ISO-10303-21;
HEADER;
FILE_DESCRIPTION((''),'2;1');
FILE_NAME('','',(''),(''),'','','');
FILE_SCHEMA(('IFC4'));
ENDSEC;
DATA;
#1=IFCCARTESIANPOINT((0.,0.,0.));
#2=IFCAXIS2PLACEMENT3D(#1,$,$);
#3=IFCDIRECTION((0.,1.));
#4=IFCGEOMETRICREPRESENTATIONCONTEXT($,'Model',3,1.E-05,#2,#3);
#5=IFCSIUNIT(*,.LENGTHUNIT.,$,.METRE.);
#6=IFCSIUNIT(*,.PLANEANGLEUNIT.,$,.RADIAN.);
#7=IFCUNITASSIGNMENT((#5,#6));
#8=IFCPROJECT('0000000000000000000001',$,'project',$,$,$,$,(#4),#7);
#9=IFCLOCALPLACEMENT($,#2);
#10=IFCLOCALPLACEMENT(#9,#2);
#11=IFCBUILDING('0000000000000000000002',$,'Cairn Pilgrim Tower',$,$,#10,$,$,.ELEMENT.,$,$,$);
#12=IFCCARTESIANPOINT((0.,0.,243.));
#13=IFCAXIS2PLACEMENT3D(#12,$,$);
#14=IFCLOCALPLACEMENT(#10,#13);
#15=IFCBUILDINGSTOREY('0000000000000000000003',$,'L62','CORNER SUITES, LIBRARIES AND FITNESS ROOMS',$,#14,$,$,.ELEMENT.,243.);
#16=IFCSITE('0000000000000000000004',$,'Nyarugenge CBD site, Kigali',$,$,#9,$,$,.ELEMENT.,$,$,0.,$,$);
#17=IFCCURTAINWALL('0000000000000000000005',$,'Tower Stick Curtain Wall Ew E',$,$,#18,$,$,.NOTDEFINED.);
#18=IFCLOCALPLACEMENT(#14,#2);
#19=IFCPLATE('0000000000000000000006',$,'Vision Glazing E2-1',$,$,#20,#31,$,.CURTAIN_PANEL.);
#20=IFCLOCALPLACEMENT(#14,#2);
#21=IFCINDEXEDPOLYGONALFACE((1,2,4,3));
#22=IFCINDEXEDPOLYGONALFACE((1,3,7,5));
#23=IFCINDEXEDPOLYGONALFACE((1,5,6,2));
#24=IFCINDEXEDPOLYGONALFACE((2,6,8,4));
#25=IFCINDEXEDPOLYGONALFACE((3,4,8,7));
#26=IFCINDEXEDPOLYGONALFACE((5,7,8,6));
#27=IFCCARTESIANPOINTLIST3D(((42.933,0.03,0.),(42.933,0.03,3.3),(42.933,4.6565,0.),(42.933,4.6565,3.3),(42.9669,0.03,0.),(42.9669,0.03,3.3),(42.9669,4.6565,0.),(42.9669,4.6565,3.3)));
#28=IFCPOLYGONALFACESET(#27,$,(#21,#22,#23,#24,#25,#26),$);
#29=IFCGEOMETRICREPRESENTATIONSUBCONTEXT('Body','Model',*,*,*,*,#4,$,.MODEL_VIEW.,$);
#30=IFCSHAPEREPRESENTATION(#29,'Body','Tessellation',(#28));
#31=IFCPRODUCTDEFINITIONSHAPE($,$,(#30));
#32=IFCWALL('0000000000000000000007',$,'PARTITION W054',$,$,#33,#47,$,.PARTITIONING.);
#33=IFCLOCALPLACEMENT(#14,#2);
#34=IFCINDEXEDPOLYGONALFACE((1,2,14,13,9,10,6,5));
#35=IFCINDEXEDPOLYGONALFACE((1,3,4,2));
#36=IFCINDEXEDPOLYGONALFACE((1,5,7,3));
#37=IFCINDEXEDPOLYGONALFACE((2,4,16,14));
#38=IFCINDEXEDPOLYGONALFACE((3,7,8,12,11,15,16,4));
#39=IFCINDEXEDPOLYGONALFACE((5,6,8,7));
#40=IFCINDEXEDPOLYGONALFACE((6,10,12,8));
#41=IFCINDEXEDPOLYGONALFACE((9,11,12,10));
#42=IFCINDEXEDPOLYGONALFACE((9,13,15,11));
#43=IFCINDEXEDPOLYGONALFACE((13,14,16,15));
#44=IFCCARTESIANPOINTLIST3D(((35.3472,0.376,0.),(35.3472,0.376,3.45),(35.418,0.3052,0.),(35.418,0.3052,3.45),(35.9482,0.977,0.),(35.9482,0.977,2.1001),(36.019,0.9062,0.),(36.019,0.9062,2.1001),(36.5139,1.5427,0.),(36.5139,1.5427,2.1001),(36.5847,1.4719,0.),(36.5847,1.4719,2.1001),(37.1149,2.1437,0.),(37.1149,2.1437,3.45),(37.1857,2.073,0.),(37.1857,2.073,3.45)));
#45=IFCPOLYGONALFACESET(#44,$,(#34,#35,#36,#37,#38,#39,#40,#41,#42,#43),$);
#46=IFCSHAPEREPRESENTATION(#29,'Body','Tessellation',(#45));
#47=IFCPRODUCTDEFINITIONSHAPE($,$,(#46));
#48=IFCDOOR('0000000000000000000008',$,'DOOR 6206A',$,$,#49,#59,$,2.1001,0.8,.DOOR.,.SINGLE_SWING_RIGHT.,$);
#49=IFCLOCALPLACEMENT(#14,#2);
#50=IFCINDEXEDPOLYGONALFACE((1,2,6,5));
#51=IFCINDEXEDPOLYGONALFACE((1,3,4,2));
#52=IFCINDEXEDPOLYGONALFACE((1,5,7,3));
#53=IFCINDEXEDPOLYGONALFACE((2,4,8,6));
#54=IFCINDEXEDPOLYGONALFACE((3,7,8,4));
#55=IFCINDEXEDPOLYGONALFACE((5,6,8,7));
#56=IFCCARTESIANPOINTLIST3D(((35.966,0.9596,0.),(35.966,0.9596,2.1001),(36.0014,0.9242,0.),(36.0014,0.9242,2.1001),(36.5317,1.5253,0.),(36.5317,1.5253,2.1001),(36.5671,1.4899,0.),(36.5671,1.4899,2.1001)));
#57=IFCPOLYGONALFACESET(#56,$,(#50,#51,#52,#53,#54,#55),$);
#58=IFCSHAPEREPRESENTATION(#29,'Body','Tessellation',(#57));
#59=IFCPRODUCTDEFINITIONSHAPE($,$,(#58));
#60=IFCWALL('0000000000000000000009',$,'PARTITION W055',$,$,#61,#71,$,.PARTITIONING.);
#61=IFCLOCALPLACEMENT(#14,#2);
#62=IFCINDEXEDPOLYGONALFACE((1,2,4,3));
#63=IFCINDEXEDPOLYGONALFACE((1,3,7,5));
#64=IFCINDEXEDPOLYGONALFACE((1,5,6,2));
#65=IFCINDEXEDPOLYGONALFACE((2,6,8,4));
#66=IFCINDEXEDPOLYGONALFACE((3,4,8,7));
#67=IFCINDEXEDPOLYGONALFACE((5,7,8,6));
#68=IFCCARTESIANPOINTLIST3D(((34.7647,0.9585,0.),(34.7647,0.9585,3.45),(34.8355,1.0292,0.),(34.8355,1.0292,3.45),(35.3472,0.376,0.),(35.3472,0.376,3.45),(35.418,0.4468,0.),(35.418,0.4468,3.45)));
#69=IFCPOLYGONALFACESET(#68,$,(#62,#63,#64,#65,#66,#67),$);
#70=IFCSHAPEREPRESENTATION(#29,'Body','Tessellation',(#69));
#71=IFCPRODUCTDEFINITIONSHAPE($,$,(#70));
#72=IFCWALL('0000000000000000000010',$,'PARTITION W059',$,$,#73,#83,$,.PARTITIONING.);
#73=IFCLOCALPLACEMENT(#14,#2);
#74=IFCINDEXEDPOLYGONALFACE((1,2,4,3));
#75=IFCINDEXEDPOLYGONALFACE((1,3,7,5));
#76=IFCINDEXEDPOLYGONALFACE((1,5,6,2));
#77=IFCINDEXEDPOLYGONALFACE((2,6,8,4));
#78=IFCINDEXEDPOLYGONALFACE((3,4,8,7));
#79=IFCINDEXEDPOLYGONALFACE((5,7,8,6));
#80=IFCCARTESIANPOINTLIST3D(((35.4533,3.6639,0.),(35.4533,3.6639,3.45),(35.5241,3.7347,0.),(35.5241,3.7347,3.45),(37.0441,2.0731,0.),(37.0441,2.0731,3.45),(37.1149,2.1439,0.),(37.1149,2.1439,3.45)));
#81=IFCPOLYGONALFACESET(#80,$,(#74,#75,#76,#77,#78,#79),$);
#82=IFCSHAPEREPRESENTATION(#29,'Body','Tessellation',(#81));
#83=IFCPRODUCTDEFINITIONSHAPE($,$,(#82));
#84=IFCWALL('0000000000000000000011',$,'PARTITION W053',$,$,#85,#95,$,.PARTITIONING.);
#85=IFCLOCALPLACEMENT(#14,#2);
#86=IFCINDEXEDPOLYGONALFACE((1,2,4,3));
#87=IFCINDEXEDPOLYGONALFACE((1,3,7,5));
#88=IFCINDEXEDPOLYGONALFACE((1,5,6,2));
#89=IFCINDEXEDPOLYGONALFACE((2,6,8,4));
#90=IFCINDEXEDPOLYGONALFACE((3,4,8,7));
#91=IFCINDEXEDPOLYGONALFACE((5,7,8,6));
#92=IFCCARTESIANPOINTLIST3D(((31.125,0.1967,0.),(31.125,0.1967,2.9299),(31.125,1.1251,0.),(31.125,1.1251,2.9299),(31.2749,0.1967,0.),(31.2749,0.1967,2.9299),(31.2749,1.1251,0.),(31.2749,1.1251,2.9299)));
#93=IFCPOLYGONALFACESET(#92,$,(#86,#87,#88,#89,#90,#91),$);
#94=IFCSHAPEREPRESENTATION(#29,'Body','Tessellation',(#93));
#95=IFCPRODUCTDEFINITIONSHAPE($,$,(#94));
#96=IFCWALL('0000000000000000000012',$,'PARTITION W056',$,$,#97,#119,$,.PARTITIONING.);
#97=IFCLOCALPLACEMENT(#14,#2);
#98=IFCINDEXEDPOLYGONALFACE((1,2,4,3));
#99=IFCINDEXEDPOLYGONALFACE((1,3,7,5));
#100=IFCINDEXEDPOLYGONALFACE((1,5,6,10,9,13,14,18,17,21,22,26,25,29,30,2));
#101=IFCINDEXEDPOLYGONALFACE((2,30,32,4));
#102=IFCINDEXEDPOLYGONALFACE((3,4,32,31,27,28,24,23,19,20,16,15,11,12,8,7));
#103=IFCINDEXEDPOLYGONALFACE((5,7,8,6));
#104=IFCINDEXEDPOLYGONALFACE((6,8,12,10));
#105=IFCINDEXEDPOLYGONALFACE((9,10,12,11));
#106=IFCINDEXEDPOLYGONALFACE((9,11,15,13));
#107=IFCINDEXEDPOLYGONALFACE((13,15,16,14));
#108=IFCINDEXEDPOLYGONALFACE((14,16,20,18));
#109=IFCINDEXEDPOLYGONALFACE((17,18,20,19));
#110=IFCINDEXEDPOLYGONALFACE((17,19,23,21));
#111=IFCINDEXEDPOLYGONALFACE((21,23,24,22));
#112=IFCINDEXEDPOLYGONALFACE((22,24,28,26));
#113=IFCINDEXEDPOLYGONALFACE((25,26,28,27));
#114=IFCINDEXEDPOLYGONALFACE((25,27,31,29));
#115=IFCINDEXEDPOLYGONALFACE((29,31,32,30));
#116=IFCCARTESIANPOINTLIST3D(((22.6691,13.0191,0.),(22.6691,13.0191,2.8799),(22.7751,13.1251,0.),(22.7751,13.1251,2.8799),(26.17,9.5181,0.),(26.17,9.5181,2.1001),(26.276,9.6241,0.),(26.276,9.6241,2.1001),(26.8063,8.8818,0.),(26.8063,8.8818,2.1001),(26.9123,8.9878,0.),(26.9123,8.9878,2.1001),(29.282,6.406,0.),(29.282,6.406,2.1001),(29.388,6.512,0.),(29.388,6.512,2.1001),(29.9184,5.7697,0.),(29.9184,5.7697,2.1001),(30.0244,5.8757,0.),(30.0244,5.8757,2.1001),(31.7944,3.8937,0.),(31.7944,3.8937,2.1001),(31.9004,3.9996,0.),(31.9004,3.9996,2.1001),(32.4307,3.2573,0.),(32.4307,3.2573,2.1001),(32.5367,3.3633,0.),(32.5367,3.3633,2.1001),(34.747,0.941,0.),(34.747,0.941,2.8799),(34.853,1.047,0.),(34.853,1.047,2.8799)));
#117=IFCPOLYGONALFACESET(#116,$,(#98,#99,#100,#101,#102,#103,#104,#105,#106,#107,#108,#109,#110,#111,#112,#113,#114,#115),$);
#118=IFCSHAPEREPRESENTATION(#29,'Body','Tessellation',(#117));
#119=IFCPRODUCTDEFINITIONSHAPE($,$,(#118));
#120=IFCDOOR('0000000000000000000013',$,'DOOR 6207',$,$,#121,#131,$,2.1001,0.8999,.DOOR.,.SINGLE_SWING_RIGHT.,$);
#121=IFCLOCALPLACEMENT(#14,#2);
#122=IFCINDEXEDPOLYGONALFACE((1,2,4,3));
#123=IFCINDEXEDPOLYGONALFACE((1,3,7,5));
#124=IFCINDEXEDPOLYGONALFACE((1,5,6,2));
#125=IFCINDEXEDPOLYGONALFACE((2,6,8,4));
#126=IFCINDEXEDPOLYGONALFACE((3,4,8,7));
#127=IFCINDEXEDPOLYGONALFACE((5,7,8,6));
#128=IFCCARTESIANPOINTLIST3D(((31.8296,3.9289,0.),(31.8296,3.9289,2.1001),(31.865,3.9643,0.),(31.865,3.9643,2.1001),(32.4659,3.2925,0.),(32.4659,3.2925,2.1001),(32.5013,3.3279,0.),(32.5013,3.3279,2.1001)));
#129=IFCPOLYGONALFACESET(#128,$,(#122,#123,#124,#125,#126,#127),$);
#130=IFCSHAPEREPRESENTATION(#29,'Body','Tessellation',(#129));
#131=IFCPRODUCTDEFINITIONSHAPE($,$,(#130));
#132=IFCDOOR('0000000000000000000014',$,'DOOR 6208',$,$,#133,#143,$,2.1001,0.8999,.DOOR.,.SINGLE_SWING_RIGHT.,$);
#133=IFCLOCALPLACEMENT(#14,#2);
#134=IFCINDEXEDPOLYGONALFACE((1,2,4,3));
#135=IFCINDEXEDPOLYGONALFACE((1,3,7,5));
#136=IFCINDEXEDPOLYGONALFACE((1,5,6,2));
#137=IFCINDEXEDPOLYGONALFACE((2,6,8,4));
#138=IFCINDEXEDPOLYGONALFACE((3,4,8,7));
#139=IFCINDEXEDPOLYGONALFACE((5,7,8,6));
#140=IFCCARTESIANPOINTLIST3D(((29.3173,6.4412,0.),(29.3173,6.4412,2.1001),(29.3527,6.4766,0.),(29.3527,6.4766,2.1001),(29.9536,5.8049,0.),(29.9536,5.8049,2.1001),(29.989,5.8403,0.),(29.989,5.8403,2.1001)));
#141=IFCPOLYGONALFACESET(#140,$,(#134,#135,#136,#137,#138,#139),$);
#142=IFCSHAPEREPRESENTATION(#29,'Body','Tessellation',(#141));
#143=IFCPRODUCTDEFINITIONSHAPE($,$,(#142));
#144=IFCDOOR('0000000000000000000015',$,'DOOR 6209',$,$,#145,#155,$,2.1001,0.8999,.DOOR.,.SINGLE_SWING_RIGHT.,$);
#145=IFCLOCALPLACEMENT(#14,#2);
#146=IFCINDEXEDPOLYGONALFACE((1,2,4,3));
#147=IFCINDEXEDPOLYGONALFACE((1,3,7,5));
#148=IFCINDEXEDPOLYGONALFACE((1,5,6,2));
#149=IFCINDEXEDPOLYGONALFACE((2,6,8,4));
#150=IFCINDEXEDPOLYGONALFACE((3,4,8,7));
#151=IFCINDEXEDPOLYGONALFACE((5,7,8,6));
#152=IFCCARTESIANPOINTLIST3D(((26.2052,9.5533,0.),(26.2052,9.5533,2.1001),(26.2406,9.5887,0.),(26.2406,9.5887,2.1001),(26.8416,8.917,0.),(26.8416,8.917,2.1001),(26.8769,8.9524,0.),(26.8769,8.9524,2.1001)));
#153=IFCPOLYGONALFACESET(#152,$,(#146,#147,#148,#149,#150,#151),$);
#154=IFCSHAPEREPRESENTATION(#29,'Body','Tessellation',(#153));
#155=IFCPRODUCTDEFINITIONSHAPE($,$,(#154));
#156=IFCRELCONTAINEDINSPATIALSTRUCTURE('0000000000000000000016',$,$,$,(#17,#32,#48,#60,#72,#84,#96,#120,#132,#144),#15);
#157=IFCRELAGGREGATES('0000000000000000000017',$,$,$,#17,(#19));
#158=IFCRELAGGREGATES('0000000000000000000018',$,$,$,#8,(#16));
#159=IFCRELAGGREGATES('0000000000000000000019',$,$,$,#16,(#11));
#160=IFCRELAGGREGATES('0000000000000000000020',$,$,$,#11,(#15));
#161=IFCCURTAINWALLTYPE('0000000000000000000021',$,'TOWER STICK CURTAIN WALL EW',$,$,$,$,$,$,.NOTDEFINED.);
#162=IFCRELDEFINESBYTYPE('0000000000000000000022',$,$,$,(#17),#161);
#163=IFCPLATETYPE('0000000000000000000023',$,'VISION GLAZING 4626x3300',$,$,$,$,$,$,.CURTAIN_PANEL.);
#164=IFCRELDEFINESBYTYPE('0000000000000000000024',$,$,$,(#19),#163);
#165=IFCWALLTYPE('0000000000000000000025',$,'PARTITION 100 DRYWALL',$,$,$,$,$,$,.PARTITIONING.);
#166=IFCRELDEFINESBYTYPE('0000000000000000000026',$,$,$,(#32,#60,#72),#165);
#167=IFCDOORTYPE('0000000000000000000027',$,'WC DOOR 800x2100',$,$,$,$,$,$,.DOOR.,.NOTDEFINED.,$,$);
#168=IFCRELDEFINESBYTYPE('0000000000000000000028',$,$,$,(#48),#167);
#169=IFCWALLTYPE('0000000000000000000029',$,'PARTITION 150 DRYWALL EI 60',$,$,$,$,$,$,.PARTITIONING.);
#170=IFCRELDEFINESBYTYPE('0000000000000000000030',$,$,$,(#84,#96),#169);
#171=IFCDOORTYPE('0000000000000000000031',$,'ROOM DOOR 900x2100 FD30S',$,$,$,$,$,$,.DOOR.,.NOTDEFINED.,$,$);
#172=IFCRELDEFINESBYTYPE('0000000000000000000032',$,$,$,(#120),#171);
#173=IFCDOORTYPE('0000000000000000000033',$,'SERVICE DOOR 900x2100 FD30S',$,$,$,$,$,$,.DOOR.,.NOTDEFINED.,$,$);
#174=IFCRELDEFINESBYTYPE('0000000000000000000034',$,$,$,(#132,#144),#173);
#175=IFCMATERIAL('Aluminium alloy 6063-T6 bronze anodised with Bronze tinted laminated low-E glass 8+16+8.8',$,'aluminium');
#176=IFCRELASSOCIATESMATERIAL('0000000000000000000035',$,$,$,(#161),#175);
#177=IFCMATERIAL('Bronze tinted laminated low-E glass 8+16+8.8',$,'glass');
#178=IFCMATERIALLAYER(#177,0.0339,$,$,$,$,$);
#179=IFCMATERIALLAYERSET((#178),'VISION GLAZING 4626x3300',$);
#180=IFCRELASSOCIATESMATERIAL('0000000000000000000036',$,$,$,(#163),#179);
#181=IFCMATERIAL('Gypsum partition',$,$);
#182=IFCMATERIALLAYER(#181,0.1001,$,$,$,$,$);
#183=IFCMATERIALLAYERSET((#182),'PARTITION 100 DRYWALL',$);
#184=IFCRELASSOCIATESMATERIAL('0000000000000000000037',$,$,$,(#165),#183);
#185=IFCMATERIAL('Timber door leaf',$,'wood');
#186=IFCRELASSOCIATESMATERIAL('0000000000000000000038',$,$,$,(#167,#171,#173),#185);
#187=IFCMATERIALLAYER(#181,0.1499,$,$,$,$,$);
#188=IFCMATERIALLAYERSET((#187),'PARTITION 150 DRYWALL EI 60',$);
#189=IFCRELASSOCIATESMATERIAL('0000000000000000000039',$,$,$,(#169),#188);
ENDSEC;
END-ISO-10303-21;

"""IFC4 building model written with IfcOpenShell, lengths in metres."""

from ifc_helpers import new_model, si_unit, direction, frame, frame_2d, origin, origin_2d, place, context, subcontext, project, spatial, rectangle, extrude, material, layer, layer_set, type_object, element, fill, aggregate, save


model = new_model("IFC4")

# Units and contexts
model_context = context("Model", 3, precision=1e-05, world=origin(), true_north=direction((0.0, 1.0)))
body_context = subcontext(model_context, "Body", "Model", "MODEL_VIEW")
ifc_project = project(units=[si_unit("LENGTHUNIT", "METRE"), si_unit("PLANEANGLEUNIT", "RADIAN")], contexts=[model_context])

# Site, building, storey
site_placement = place(None, origin())
site = spatial("IfcSite", under=ifc_project, at=site_placement, Name="Nyarugenge CBD site, Kigali", CompositionType="ELEMENT", RefElevation=0.0)
building_placement = place(site_placement, origin())
building = spatial("IfcBuilding", under=site, at=building_placement, Name="Cairn Pilgrim Tower", CompositionType="ELEMENT")
storey_placement = place(building_placement, frame((0.0, 0.0, 243.0)))
storey = spatial("IfcBuildingStorey", under=building, at=storey_placement, Name="L62", Description="CORNER SUITES, LIBRARIES AND FITNESS ROOMS", CompositionType="ELEMENT", Elevation=243.0)

# Curtain wall
ifc_material_1 = material(Name="Aluminium alloy 6063-T6 bronze anodised with Bronze tinted laminated low-E glass 8+16+8.8", Category="aluminium")
curtain_wall_type_1 = type_object("IfcCurtainWallType", Name="TOWER STICK CURTAIN WALL EW", PredefinedType="NOTDEFINED", material=ifc_material_1)
curtain_wall_1_placement = place(storey_placement, origin())
curtain_wall_1 = element("IfcCurtainWall", 1, at=curtain_wall_1_placement, inside=storey, type_object=curtain_wall_type_1, Name="Tower Stick Curtain Wall Ew E", PredefinedType="NOTDEFINED")

# Plate
ifc_material_2 = material(Name="Bronze tinted laminated low-E glass 8+16+8.8", Category="glass")
ifc_layer_1 = layer(ifc_material_2, 0.0339)
ifc_layer_set_1 = layer_set([ifc_layer_1], Name="VISION GLAZING 4626x3300")
plate_type_1 = type_object("IfcPlateType", Name="VISION GLAZING 4626x3300", PredefinedType="CURTAIN_PANEL", material=ifc_layer_set_1)
plate_1_placement = place(storey_placement, frame((42.95, 2.3433, 0.0), z_axis=(0.0, 0.0, 1.0), x_axis=(0.0, 1.0, 0.0)))
plate_1 = element("IfcPlate", 2, at=plate_1_placement, type_object=plate_type_1, Name="Vision Glazing E2-1", PredefinedType="CURTAIN_PANEL", context=body_context, shape_type="SweptSolid", body=[
    extrude(rectangle(XDim=4.6265, YDim=0.0339, at=origin_2d()), origin(), (0.0, 0.0, 1.0), 3.3),
])
aggregate(curtain_wall_1, [plate_1])

# Wall, opening, door
ifc_material_3 = material(Name="Gypsum partition")
ifc_layer_2 = layer(ifc_material_3, 0.1001)
ifc_layer_set_2 = layer_set([ifc_layer_2], Name="PARTITION 100 DRYWALL")
wall_type_1 = type_object("IfcWallType", Name="PARTITION 100 DRYWALL", PredefinedType="PARTITIONING", material=ifc_layer_set_2)
wall_1_placement = place(storey_placement, frame((35.3826, 0.3406, 0.0), z_axis=(0.0, 0.0, 1.0), x_axis=(0.707107, 0.707107, 0.0)))
wall_1 = element("IfcWall", 3, at=wall_1_placement, inside=storey, type_object=wall_type_1, Name="PARTITION W054", PredefinedType="PARTITIONING", context=body_context, shape_type="SweptSolid", body=[
    extrude(rectangle(XDim=2.5, YDim=0.1001, at=frame_2d((1.25, 0.0))), origin(), (0.0, 0.0, 1.0), 3.45),
])
opening_1_placement = place(wall_1_placement, frame((0.8501, 0.0, 0.0)))
opening_1 = element("IfcOpeningElement", 4, at=opening_1_placement, cuts=wall_1, PredefinedType="OPENING", context=body_context, shape_type="SweptSolid", body=[
    extrude(rectangle(XDim=0.8, YDim=2.1001, at=frame_2d((0.3999, 1.05))), frame((0.0, 0.0601, 0.0), z_axis=(0.0, -1.0, 0.0), x_axis=(1.0, 0.0, 0.0)), (0.0, 0.0, 1.0), 0.1201),
])
ifc_material_4 = material(Name="Timber door leaf", Category="wood")
door_type_1 = type_object("IfcDoorType", Name="WC DOOR 800x2100", OperationType="NOTDEFINED", PredefinedType="DOOR", material=ifc_material_4)
door_1_placement = place(opening_1_placement, frame((0.8, 0.0, 0.0), z_axis=(0.0, 0.0, 1.0), x_axis=(-1.0, 0.0, 0.0)))
door_1 = element("IfcDoor", 5, at=door_1_placement, inside=storey, type_object=door_type_1, Name="DOOR 6206A", OperationType="SINGLE_SWING_RIGHT", OverallHeight=2.1001, OverallWidth=0.8, PredefinedType="DOOR", context=body_context, shape_type="SweptSolid", body=[
    extrude(rectangle(XDim=0.8, YDim=2.1001, at=frame_2d((0.3999, 1.05))), frame((0.0, 0.0249, 0.0), z_axis=(0.0, -1.0, 0.0), x_axis=(1.0, 0.0, 0.0)), (0.0, 0.0, 1.0), 0.05),
])
fill(opening_1, door_1)

# Walls
wall_2_placement = place(storey_placement, frame((35.3826, 0.4114, 0.0), z_axis=(0.0, 0.0, 1.0), x_axis=(-0.707107, 0.707107, 0.0)))
element("IfcWall", 6, at=wall_2_placement, inside=storey, type_object=wall_type_1, Name="PARTITION W055", PredefinedType="PARTITIONING", context=body_context, shape_type="SweptSolid", body=[
    extrude(rectangle(XDim=0.8237, YDim=0.1001, at=frame_2d((0.4119, 0.0))), origin(), (0.0, 0.0, 1.0), 3.45),
])
wall_3_placement = place(storey_placement, frame((37.0796, 2.1084, 0.0), z_axis=(0.0, 0.0, 1.0), x_axis=(-0.707107, 0.707107, 0.0)))
element("IfcWall", 7, at=wall_3_placement, inside=storey, type_object=wall_type_1, Name="PARTITION W059", PredefinedType="PARTITIONING", context=body_context, shape_type="SweptSolid", body=[
    extrude(rectangle(XDim=2.2498, YDim=0.1001, at=frame_2d((1.125, 0.0))), origin(), (0.0, 0.0, 1.0), 3.45),
])
ifc_layer_3 = layer(ifc_material_3, 0.1499)
ifc_layer_set_3 = layer_set([ifc_layer_3], Name="PARTITION 150 DRYWALL EI 60")
wall_type_2 = type_object("IfcWallType", Name="PARTITION 150 DRYWALL EI 60", PredefinedType="PARTITIONING", material=ifc_layer_set_3)
wall_4_placement = place(storey_placement, frame((31.2, 0.1965, 0.0), z_axis=(0.0, 0.0, 1.0), x_axis=(0.0, 1.0, 0.0)))
element("IfcWall", 8, at=wall_4_placement, inside=storey, type_object=wall_type_2, Name="PARTITION W053", PredefinedType="PARTITIONING", context=body_context, shape_type="SweptSolid", body=[
    extrude(rectangle(XDim=0.9285, YDim=0.1499, at=frame_2d((0.4644, 0.0))), origin(), (0.0, 0.0, 1.0), 2.9299),
])

# Wall, openings, doors
wall_5_placement = place(storey_placement, frame((34.8, 0.9939, 0.0), z_axis=(0.0, 0.0, 1.0), x_axis=(-0.7071, 0.707114, 0.0)))
wall_5 = element("IfcWall", 9, at=wall_5_placement, inside=storey, type_object=wall_type_2, Name="PARTITION W056", PredefinedType="PARTITIONING", context=body_context, shape_type="SweptSolid", body=[
    extrude(rectangle(XDim=17.0808, YDim=0.1499, at=frame_2d((8.5405, 0.0))), origin(), (0.0, 0.0, 1.0), 2.8799),
])
opening_2_placement = place(wall_5_placement, frame((3.2759, 0.0, 0.0)))
opening_2 = element("IfcOpeningElement", 10, at=opening_2_placement, cuts=wall_5, PredefinedType="OPENING", context=body_context, shape_type="SweptSolid", body=[
    extrude(rectangle(XDim=0.8999, YDim=2.1001, at=frame_2d((0.45, 1.05))), frame((0.0, 0.085, 0.0), z_axis=(0.0, -1.0, 0.0), x_axis=(1.0, 0.0, 0.0)), (0.0, 0.0, 1.0), 0.1699),
])
opening_3_placement = place(wall_5_placement, frame((6.8289, 0.0, 0.0)))
opening_3 = element("IfcOpeningElement", 11, at=opening_3_placement, cuts=wall_5, PredefinedType="OPENING", context=body_context, shape_type="SweptSolid", body=[
    extrude(rectangle(XDim=0.8999, YDim=2.1001, at=frame_2d((0.45, 1.05))), frame((0.0, 0.085, 0.0), z_axis=(0.0, -1.0, 0.0), x_axis=(1.0, 0.0, 0.0)), (0.0, 0.0, 1.0), 0.1699),
])
opening_4_placement = place(wall_5_placement, frame((11.23, 0.0, 0.0)))
opening_4 = element("IfcOpeningElement", 12, at=opening_4_placement, cuts=wall_5, PredefinedType="OPENING", context=body_context, shape_type="SweptSolid", body=[
    extrude(rectangle(XDim=0.8999, YDim=2.1001, at=frame_2d((0.45, 1.05))), frame((0.0, 0.085, 0.0), z_axis=(0.0, -1.0, 0.0), x_axis=(1.0, 0.0, 0.0)), (0.0, 0.0, 1.0), 0.1699),
])
door_type_2 = type_object("IfcDoorType", Name="ROOM DOOR 900x2100 FD30S", OperationType="NOTDEFINED", PredefinedType="DOOR", material=ifc_material_4)
door_2_placement = place(opening_2_placement, frame((0.8999, 0.0, 0.0), z_axis=(0.0, 0.0, 1.0), x_axis=(-1.0, 0.0, 0.0)))
door_2 = element("IfcDoor", 13, at=door_2_placement, inside=storey, type_object=door_type_2, Name="DOOR 6207", OperationType="SINGLE_SWING_RIGHT", OverallHeight=2.1001, OverallWidth=0.8999, PredefinedType="DOOR", context=body_context, shape_type="SweptSolid", body=[
    extrude(rectangle(XDim=0.8999, YDim=2.1001, at=frame_2d((0.45, 1.05))), frame((0.0, 0.0249, 0.0), z_axis=(0.0, -1.0, 0.0), x_axis=(1.0, 0.0, 0.0)), (0.0, 0.0, 1.0), 0.05),
])
fill(opening_2, door_2)
door_type_3 = type_object("IfcDoorType", Name="SERVICE DOOR 900x2100 FD30S", OperationType="NOTDEFINED", PredefinedType="DOOR", material=ifc_material_4)
door_3_placement = place(opening_3_placement, frame((0.8999, 0.0, 0.0), z_axis=(0.0, 0.0, 1.0), x_axis=(-1.0, 0.0, 0.0)))
door_3 = element("IfcDoor", 14, at=door_3_placement, inside=storey, type_object=door_type_3, Name="DOOR 6208", OperationType="SINGLE_SWING_RIGHT", OverallHeight=2.1001, OverallWidth=0.8999, PredefinedType="DOOR", context=body_context, shape_type="SweptSolid", body=[
    extrude(rectangle(XDim=0.8999, YDim=2.1001, at=frame_2d((0.45, 1.05))), frame((0.0, 0.0249, 0.0), z_axis=(0.0, -1.0, 0.0), x_axis=(1.0, 0.0, 0.0)), (0.0, 0.0, 1.0), 0.05),
])
fill(opening_3, door_3)
door_4_placement = place(opening_4_placement, frame((0.8999, 0.0, 0.0), z_axis=(0.0, 0.0, 1.0), x_axis=(-1.0, 0.0, 0.0)))
door_4 = element("IfcDoor", 15, at=door_4_placement, inside=storey, type_object=door_type_3, Name="DOOR 6209", OperationType="SINGLE_SWING_RIGHT", OverallHeight=2.1001, OverallWidth=0.8999, PredefinedType="DOOR", context=body_context, shape_type="SweptSolid", body=[
    extrude(rectangle(XDim=0.8999, YDim=2.1001, at=frame_2d((0.45, 1.05))), frame((0.0, 0.0249, 0.0), z_axis=(0.0, -1.0, 0.0), x_axis=(1.0, 0.0, 0.0)), (0.0, 0.0, 1.0), 0.05),
])
fill(opening_4, door_4)

save(model, "model.ifc")
